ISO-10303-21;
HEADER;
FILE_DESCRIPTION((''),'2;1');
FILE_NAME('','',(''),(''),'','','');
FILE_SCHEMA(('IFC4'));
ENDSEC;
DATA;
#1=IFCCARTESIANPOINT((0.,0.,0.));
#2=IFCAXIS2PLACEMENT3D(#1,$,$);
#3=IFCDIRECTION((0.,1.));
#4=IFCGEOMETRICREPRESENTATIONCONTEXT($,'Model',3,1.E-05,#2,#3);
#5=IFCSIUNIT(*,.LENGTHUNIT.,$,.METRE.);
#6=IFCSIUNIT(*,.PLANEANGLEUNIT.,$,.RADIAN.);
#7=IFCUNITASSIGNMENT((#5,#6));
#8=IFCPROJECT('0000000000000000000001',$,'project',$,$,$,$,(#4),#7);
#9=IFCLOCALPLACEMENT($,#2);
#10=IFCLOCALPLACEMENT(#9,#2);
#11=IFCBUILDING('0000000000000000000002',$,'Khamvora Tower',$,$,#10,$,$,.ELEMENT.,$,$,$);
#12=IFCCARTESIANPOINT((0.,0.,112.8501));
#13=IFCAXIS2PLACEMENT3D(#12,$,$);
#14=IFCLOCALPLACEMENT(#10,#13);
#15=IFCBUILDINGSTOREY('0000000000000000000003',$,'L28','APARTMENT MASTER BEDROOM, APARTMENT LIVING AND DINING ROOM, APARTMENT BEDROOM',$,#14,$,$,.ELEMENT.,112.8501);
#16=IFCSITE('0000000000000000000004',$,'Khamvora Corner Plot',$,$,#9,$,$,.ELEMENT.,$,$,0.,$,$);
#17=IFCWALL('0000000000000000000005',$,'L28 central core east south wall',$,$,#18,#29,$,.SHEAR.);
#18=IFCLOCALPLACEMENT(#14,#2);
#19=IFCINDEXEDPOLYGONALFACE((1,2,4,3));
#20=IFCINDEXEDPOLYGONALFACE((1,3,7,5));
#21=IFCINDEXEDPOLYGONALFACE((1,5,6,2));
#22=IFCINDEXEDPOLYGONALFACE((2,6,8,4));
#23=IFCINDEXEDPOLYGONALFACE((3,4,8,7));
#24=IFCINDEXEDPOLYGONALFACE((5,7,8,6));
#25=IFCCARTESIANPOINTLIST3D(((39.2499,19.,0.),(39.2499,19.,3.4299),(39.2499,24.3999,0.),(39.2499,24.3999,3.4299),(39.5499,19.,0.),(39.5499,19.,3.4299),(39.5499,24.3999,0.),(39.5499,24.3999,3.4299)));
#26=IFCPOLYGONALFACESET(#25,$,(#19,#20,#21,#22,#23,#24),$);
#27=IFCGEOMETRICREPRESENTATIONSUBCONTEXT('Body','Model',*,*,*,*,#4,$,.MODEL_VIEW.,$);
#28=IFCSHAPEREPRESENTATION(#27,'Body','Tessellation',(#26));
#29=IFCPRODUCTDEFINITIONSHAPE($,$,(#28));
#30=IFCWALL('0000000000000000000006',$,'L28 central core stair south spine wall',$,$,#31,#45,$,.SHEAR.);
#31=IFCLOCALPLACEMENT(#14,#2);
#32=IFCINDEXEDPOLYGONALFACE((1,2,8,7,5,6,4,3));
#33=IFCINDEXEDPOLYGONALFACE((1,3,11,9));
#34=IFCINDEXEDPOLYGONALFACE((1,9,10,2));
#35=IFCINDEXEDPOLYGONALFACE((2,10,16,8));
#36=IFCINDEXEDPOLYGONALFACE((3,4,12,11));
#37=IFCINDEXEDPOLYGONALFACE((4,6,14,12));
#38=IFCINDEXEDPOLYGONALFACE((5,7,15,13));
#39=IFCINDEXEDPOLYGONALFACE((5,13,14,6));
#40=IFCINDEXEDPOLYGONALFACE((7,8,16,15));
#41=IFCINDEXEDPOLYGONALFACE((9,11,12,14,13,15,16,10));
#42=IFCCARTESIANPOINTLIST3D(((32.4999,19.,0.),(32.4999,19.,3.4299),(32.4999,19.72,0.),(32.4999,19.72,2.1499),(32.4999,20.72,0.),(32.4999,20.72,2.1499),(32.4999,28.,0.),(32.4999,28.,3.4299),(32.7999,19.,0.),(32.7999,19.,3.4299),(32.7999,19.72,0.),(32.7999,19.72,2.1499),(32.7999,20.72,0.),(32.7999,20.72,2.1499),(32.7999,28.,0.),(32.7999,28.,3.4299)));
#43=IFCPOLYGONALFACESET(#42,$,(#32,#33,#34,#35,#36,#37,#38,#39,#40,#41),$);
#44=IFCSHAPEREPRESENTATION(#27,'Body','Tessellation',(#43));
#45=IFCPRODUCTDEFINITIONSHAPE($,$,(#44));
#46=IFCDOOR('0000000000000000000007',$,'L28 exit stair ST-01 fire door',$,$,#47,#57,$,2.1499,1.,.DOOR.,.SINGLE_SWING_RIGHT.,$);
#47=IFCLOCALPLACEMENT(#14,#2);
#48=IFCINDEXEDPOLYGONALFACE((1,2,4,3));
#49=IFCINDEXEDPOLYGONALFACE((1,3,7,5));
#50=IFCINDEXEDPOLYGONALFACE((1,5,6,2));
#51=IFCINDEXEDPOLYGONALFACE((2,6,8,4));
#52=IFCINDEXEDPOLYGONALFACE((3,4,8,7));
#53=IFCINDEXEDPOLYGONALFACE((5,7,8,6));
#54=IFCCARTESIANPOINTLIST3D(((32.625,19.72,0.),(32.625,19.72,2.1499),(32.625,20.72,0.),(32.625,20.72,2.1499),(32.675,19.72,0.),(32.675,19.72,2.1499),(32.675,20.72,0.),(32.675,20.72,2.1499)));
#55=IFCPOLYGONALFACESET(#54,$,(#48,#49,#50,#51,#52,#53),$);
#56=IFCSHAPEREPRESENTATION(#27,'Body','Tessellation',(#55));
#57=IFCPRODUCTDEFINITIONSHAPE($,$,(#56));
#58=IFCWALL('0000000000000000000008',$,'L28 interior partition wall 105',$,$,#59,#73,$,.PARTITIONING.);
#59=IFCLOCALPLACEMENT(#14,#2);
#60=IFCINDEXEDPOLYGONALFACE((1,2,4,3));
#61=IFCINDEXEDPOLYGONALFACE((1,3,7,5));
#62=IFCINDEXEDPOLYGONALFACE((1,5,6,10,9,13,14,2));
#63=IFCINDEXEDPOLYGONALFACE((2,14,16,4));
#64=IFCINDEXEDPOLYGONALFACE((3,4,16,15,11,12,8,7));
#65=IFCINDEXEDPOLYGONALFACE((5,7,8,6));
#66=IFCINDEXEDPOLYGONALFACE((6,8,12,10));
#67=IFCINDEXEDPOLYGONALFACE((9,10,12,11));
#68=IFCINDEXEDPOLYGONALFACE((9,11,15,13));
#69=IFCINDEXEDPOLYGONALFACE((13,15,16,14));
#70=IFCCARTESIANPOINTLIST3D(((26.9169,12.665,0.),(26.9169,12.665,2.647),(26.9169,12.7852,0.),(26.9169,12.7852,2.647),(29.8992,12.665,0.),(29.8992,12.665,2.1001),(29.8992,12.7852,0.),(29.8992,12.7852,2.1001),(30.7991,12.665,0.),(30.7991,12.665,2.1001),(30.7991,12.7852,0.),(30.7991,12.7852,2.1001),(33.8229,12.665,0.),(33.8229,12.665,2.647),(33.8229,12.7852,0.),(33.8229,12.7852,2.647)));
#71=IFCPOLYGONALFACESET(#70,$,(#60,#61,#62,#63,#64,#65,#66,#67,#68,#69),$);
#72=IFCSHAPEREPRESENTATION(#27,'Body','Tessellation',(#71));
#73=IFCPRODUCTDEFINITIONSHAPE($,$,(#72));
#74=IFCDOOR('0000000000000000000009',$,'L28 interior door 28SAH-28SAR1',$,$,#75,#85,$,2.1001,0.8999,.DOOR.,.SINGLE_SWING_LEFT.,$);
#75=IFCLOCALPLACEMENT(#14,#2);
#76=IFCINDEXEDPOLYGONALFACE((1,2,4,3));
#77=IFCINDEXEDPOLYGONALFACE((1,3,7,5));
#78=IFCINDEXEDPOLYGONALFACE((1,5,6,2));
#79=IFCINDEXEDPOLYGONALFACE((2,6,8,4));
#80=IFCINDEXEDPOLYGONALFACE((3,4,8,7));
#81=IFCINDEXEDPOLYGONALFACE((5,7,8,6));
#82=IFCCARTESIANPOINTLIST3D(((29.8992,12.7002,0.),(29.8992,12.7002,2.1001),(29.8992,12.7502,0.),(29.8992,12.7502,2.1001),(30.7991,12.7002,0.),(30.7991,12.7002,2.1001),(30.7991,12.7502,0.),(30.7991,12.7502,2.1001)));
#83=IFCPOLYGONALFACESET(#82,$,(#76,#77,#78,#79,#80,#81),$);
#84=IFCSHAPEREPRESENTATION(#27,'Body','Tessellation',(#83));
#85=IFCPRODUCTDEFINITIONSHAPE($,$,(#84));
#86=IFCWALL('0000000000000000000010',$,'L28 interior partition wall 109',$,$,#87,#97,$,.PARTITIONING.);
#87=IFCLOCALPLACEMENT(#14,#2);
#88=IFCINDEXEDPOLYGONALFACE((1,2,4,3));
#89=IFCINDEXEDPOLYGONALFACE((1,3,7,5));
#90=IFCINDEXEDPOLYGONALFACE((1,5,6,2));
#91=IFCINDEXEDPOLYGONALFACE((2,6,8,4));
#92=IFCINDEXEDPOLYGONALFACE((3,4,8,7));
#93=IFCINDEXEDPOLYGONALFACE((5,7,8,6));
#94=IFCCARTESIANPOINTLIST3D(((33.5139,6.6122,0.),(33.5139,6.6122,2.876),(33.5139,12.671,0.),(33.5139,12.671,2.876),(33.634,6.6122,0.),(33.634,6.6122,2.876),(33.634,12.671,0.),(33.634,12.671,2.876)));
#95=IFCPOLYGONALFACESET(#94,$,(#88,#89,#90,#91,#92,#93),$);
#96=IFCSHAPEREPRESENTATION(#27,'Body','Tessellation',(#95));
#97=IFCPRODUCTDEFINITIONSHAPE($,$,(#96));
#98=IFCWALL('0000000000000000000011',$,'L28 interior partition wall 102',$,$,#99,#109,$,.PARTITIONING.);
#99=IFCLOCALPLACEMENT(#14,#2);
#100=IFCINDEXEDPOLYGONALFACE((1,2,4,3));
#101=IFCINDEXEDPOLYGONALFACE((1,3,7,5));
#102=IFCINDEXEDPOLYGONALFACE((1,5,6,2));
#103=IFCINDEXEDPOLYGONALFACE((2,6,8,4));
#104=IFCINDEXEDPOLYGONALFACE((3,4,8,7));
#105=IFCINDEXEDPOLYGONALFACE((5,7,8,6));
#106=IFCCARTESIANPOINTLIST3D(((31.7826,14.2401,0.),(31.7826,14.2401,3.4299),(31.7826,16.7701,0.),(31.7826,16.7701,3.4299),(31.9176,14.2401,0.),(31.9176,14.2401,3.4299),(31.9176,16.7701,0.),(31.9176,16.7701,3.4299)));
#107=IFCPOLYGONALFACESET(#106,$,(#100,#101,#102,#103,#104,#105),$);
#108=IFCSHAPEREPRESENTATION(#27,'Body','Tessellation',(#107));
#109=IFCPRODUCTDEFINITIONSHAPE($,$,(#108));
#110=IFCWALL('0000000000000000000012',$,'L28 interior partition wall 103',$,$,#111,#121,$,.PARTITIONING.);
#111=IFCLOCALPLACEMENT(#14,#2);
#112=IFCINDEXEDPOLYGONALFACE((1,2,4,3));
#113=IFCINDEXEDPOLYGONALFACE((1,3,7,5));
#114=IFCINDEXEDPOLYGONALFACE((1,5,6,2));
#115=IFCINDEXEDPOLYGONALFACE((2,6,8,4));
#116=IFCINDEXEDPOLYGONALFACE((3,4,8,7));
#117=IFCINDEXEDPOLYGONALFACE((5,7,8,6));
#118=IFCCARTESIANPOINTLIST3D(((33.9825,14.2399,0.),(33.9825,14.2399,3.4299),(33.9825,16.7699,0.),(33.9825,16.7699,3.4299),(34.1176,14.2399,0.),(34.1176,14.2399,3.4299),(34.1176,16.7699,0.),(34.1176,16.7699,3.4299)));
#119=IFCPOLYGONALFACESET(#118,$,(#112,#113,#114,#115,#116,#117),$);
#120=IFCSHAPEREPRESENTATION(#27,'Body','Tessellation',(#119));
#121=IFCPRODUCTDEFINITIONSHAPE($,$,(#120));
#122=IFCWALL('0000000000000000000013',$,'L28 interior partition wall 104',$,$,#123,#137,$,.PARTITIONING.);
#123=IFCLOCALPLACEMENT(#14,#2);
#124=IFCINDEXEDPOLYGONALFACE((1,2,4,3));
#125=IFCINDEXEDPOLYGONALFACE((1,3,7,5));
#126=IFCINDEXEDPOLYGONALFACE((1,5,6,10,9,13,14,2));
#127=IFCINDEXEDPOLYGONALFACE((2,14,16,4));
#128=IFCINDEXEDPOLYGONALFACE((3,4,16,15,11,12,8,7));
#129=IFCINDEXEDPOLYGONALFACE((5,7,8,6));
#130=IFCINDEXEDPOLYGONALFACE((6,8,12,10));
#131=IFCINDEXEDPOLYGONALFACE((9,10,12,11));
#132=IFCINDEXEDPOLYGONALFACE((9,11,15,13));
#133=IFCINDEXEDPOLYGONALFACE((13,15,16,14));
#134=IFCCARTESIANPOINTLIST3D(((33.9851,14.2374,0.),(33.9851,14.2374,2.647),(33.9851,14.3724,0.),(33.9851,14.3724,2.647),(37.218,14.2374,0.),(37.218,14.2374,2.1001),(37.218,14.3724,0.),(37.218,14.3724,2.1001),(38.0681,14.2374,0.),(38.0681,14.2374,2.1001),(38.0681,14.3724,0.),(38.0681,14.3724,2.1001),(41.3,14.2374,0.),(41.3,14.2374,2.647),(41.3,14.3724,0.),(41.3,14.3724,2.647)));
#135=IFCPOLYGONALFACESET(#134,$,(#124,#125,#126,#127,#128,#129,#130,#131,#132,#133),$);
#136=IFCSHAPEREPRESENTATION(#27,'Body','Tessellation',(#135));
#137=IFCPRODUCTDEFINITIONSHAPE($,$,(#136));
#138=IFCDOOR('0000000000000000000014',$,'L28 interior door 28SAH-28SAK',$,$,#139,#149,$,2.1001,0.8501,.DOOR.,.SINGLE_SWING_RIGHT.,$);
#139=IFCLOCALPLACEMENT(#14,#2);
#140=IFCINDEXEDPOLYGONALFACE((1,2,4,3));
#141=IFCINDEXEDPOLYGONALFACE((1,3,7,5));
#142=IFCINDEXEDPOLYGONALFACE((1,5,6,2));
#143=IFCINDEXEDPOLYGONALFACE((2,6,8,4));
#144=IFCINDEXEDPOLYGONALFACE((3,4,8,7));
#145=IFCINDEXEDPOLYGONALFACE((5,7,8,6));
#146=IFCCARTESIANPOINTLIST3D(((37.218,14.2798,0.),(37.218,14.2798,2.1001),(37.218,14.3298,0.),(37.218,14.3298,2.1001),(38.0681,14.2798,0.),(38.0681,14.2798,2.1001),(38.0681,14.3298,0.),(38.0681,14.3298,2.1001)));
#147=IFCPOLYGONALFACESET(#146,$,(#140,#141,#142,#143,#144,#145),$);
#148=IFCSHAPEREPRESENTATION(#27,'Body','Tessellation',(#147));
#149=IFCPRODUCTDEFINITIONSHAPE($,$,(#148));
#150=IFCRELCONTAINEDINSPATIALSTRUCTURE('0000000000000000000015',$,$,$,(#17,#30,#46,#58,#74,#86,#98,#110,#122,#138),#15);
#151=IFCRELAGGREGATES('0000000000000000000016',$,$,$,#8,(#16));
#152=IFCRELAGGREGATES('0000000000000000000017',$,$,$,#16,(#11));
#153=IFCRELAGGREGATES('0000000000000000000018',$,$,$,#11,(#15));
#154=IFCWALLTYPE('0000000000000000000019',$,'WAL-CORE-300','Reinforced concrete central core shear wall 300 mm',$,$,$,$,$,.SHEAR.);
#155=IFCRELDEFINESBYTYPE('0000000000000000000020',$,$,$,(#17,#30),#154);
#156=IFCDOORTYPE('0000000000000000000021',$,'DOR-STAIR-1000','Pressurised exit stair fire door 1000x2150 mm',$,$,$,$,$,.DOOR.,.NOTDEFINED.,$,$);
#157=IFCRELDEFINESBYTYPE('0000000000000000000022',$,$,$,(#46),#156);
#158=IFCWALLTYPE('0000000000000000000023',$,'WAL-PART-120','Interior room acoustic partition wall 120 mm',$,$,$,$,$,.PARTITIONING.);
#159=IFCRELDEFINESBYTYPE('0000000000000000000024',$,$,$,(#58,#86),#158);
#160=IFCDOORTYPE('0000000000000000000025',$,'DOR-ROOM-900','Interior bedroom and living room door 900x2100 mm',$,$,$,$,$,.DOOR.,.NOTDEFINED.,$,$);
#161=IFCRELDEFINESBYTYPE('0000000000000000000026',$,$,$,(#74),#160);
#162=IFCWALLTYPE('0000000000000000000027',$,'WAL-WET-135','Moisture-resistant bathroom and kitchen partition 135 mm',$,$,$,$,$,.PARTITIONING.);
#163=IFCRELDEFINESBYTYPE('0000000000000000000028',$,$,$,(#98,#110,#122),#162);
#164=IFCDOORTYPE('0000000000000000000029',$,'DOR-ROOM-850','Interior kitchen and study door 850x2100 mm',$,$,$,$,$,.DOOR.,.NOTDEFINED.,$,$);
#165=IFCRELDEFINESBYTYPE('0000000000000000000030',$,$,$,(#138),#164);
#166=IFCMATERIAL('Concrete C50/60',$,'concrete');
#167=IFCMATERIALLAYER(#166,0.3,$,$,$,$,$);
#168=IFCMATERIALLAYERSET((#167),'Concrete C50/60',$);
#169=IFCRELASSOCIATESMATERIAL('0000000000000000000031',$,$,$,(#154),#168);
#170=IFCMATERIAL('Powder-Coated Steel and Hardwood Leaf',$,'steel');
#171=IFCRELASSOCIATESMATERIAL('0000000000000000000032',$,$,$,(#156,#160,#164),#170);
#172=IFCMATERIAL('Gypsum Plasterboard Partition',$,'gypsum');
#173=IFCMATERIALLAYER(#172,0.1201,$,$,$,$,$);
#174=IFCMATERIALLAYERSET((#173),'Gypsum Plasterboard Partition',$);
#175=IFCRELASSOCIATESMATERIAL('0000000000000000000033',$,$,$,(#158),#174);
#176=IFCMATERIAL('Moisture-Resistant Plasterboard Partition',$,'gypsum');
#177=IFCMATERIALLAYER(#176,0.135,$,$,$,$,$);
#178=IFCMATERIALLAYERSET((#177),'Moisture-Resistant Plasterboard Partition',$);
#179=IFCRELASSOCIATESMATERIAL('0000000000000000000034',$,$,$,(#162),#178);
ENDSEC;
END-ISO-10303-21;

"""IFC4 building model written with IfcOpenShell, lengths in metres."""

from ifc_helpers import new_model, si_unit, direction, frame, frame_2d, origin, place, context, subcontext, project, spatial, rectangle, extrude, material, layer, layer_set, type_object, element, fill, save


model = new_model("IFC4")

# Units and contexts
model_context = context("Model", 3, precision=1e-05, world=origin(), true_north=direction((0.0, 1.0)))
body_context = subcontext(model_context, "Body", "Model", "MODEL_VIEW")
ifc_project = project(units=[si_unit("LENGTHUNIT", "METRE"), si_unit("PLANEANGLEUNIT", "RADIAN")], contexts=[model_context])

# Site, building, storey
site_placement = place(None, origin())
site = spatial("IfcSite", under=ifc_project, at=site_placement, Name="Khamvora Corner Plot", CompositionType="ELEMENT", RefElevation=0.0)
building_placement = place(site_placement, origin())
building = spatial("IfcBuilding", under=site, at=building_placement, Name="Khamvora Tower", CompositionType="ELEMENT")
storey_placement = place(building_placement, frame((0.0, 0.0, 112.8501)))
storey = spatial("IfcBuildingStorey", under=building, at=storey_placement, Name="L28", Description="APARTMENT MASTER BEDROOM, APARTMENT LIVING AND DINING ROOM, APARTMENT BEDROOM", CompositionType="ELEMENT", Elevation=112.8501)

# Wall
ifc_material_1 = material(Name="Concrete C50/60", Category="concrete")
ifc_layer_1 = layer(ifc_material_1, 0.3)
ifc_layer_set_1 = layer_set([ifc_layer_1], Name="Concrete C50/60")
wall_type_1 = type_object("IfcWallType", Name="WAL-CORE-300", Description="Reinforced concrete central core shear wall 300 mm", PredefinedType="SHEAR", material=ifc_layer_set_1)
wall_1_placement = place(storey_placement, frame((39.3999, 19.0, 0.0), z_axis=(0.0, 0.0, 1.0), x_axis=(0.0, 1.0, 0.0)))
element("IfcWall", 1, at=wall_1_placement, inside=storey, type_object=wall_type_1, Name="L28 central core east south wall", PredefinedType="SHEAR", context=body_context, shape_type="SweptSolid", body=[
    extrude(rectangle(XDim=5.3999, YDim=0.3, at=frame_2d((2.7, 0.0))), origin(), (0.0, 0.0, 1.0), 3.4299),
])

# Wall, opening, door
wall_2_placement = place(storey_placement, frame((32.6499, 19.0, 0.0), z_axis=(0.0, 0.0, 1.0), x_axis=(0.0, 1.0, 0.0)))
wall_2 = element("IfcWall", 2, at=wall_2_placement, inside=storey, type_object=wall_type_1, Name="L28 central core stair south spine wall", PredefinedType="SHEAR", context=body_context, shape_type="SweptSolid", body=[
    extrude(rectangle(XDim=9.0, YDim=0.3, at=frame_2d((4.5, 0.0))), origin(), (0.0, 0.0, 1.0), 3.4299),
])
opening_1_placement = place(wall_2_placement, frame((0.72, 0.0, 0.0)))
opening_1 = element("IfcOpeningElement", 3, at=opening_1_placement, cuts=wall_2, PredefinedType="OPENING", context=body_context, shape_type="SweptSolid", body=[
    extrude(rectangle(XDim=1.0, YDim=2.1499, at=frame_2d((0.5, 1.075))), frame((0.0, 0.1599, 0.0), z_axis=(0.0, -1.0, 0.0), x_axis=(1.0, 0.0, 0.0)), (0.0, 0.0, 1.0), 0.3201),
])
ifc_material_2 = material(Name="Powder-Coated Steel and Hardwood Leaf", Category="steel")
door_type_1 = type_object("IfcDoorType", Name="DOR-STAIR-1000", Description="Pressurised exit stair fire door 1000x2150 mm", OperationType="NOTDEFINED", PredefinedType="DOOR", material=ifc_material_2)
door_1_placement = place(opening_1_placement, origin())
door_1 = element("IfcDoor", 4, at=door_1_placement, inside=storey, type_object=door_type_1, Name="L28 exit stair ST-01 fire door", OperationType="SINGLE_SWING_RIGHT", OverallHeight=2.1499, OverallWidth=1.0, PredefinedType="DOOR", context=body_context, shape_type="SweptSolid", body=[
    extrude(rectangle(XDim=1.0, YDim=2.1499, at=frame_2d((0.5, 1.075))), frame((0.0, 0.0249, 0.0), z_axis=(0.0, -1.0, 0.0), x_axis=(1.0, 0.0, 0.0)), (0.0, 0.0, 1.0), 0.05),
])
fill(opening_1, door_1)

# Wall, opening, door
ifc_material_3 = material(Name="Gypsum Plasterboard Partition", Category="gypsum")
ifc_layer_2 = layer(ifc_material_3, 0.1201)
ifc_layer_set_2 = layer_set([ifc_layer_2], Name="Gypsum Plasterboard Partition")
wall_type_2 = type_object("IfcWallType", Name="WAL-PART-120", Description="Interior room acoustic partition wall 120 mm", PredefinedType="PARTITIONING", material=ifc_layer_set_2)
wall_3_placement = place(storey_placement, frame((33.823, 12.7251, 0.0), z_axis=(0.0, 0.0, 1.0), x_axis=(-1.0, 0.0, 0.0)))
wall_3 = element("IfcWall", 5, at=wall_3_placement, inside=storey, type_object=wall_type_2, Name="L28 interior partition wall 105", PredefinedType="PARTITIONING", context=body_context, shape_type="SweptSolid", body=[
    extrude(rectangle(XDim=6.906, YDim=0.1201, at=frame_2d((3.4531, 0.0))), origin(), (0.0, 0.0, 1.0), 2.647),
])
opening_2_placement = place(wall_3_placement, frame((3.0239, 0.0, 0.0)))
opening_2 = element("IfcOpeningElement", 6, at=opening_2_placement, cuts=wall_3, PredefinedType="OPENING", context=body_context, shape_type="SweptSolid", body=[
    extrude(rectangle(XDim=0.8999, YDim=2.1001, at=frame_2d((0.45, 1.05))), frame((0.0, 0.0701, 0.0), z_axis=(0.0, -1.0, 0.0), x_axis=(1.0, 0.0, 0.0)), (0.0, 0.0, 1.0), 0.1401),
])
door_type_2 = type_object("IfcDoorType", Name="DOR-ROOM-900", Description="Interior bedroom and living room door 900x2100 mm", OperationType="NOTDEFINED", PredefinedType="DOOR", material=ifc_material_2)
door_2_placement = place(opening_2_placement, origin())
door_2 = element("IfcDoor", 7, at=door_2_placement, inside=storey, type_object=door_type_2, Name="L28 interior door 28SAH-28SAR1", OperationType="SINGLE_SWING_LEFT", OverallHeight=2.1001, OverallWidth=0.8999, PredefinedType="DOOR", context=body_context, shape_type="SweptSolid", body=[
    extrude(rectangle(XDim=0.8999, YDim=2.1001, at=frame_2d((0.45, 1.05))), frame((0.0, 0.0249, 0.0), z_axis=(0.0, -1.0, 0.0), x_axis=(1.0, 0.0, 0.0)), (0.0, 0.0, 1.0), 0.05),
])
fill(opening_2, door_2)

# Walls
wall_4_placement = place(storey_placement, frame((33.574, 12.6709, 0.0), z_axis=(0.0, 0.0, 1.0), x_axis=(0.0, -1.0, 0.0)))
element("IfcWall", 8, at=wall_4_placement, inside=storey, type_object=wall_type_2, Name="L28 interior partition wall 109", PredefinedType="PARTITIONING", context=body_context, shape_type="SweptSolid", body=[
    extrude(rectangle(XDim=6.0588, YDim=0.1201, at=frame_2d((3.0293, 0.0))), origin(), (0.0, 0.0, 1.0), 2.876),
])
ifc_material_4 = material(Name="Moisture-Resistant Plasterboard Partition", Category="gypsum")
ifc_layer_3 = layer(ifc_material_4, 0.135)
ifc_layer_set_3 = layer_set([ifc_layer_3], Name="Moisture-Resistant Plasterboard Partition")
wall_type_3 = type_object("IfcWallType", Name="WAL-WET-135", Description="Moisture-resistant bathroom and kitchen partition 135 mm", PredefinedType="PARTITIONING", material=ifc_layer_set_3)
for number, where, z_axis, x_axis, name in (
    (9, (31.8501, 14.24, 0.0), (0.0, 0.0, 1.0), (0.0, 1.0, 0.0), "L28 interior partition wall 102"),
    (10, (34.05, 16.77, 0.0), (0.0, 0.0, 1.0), (0.0, -1.0, 0.0), "L28 interior partition wall 103"),
):
    element("IfcWall", number, at=place(storey_placement, frame(where, z_axis=z_axis, x_axis=x_axis)), inside=storey, type_object=wall_type_3, Name=name, PredefinedType="PARTITIONING", context=body_context, shape_type="SweptSolid", body=[
        extrude(rectangle(XDim=2.53, YDim=0.135, at=frame_2d((1.2651, 0.0))), origin(), (0.0, 0.0, 1.0), 3.4299),
    ])

# Wall, opening, door
wall_5_placement = place(storey_placement, frame((33.9851, 14.3049, 0.0), z_axis=(0.0, 0.0, 1.0), x_axis=(1.0, 0.0, 0.0)))
wall_5 = element("IfcWall", 11, at=wall_5_placement, inside=storey, type_object=wall_type_3, Name="L28 interior partition wall 104", PredefinedType="PARTITIONING", context=body_context, shape_type="SweptSolid", body=[
    extrude(rectangle(XDim=7.3149, YDim=0.135, at=frame_2d((3.6575, 0.0))), origin(), (0.0, 0.0, 1.0), 2.647),
])
opening_3_placement = place(wall_5_placement, frame((3.2329, 0.0, 0.0)))
opening_3 = element("IfcOpeningElement", 12, at=opening_3_placement, cuts=wall_5, PredefinedType="OPENING", context=body_context, shape_type="SweptSolid", body=[
    extrude(rectangle(XDim=0.8501, YDim=2.1001, at=frame_2d((0.425, 1.05))), frame((0.0, 0.0774, 0.0), z_axis=(0.0, -1.0, 0.0), x_axis=(1.0, 0.0, 0.0)), (0.0, 0.0, 1.0), 0.155),
])
door_type_3 = type_object("IfcDoorType", Name="DOR-ROOM-850", Description="Interior kitchen and study door 850x2100 mm", OperationType="NOTDEFINED", PredefinedType="DOOR", material=ifc_material_2)
door_3_placement = place(opening_3_placement, origin())
door_3 = element("IfcDoor", 13, at=door_3_placement, inside=storey, type_object=door_type_3, Name="L28 interior door 28SAH-28SAK", OperationType="SINGLE_SWING_RIGHT", OverallHeight=2.1001, OverallWidth=0.8501, PredefinedType="DOOR", context=body_context, shape_type="SweptSolid", body=[
    extrude(rectangle(XDim=0.8501, YDim=2.1001, at=frame_2d((0.425, 1.05))), frame((0.0, 0.0249, 0.0), z_axis=(0.0, -1.0, 0.0), x_axis=(1.0, 0.0, 0.0)), (0.0, 0.0, 1.0), 0.05),
])
fill(opening_3, door_3)

save(model, "model.ifc")
